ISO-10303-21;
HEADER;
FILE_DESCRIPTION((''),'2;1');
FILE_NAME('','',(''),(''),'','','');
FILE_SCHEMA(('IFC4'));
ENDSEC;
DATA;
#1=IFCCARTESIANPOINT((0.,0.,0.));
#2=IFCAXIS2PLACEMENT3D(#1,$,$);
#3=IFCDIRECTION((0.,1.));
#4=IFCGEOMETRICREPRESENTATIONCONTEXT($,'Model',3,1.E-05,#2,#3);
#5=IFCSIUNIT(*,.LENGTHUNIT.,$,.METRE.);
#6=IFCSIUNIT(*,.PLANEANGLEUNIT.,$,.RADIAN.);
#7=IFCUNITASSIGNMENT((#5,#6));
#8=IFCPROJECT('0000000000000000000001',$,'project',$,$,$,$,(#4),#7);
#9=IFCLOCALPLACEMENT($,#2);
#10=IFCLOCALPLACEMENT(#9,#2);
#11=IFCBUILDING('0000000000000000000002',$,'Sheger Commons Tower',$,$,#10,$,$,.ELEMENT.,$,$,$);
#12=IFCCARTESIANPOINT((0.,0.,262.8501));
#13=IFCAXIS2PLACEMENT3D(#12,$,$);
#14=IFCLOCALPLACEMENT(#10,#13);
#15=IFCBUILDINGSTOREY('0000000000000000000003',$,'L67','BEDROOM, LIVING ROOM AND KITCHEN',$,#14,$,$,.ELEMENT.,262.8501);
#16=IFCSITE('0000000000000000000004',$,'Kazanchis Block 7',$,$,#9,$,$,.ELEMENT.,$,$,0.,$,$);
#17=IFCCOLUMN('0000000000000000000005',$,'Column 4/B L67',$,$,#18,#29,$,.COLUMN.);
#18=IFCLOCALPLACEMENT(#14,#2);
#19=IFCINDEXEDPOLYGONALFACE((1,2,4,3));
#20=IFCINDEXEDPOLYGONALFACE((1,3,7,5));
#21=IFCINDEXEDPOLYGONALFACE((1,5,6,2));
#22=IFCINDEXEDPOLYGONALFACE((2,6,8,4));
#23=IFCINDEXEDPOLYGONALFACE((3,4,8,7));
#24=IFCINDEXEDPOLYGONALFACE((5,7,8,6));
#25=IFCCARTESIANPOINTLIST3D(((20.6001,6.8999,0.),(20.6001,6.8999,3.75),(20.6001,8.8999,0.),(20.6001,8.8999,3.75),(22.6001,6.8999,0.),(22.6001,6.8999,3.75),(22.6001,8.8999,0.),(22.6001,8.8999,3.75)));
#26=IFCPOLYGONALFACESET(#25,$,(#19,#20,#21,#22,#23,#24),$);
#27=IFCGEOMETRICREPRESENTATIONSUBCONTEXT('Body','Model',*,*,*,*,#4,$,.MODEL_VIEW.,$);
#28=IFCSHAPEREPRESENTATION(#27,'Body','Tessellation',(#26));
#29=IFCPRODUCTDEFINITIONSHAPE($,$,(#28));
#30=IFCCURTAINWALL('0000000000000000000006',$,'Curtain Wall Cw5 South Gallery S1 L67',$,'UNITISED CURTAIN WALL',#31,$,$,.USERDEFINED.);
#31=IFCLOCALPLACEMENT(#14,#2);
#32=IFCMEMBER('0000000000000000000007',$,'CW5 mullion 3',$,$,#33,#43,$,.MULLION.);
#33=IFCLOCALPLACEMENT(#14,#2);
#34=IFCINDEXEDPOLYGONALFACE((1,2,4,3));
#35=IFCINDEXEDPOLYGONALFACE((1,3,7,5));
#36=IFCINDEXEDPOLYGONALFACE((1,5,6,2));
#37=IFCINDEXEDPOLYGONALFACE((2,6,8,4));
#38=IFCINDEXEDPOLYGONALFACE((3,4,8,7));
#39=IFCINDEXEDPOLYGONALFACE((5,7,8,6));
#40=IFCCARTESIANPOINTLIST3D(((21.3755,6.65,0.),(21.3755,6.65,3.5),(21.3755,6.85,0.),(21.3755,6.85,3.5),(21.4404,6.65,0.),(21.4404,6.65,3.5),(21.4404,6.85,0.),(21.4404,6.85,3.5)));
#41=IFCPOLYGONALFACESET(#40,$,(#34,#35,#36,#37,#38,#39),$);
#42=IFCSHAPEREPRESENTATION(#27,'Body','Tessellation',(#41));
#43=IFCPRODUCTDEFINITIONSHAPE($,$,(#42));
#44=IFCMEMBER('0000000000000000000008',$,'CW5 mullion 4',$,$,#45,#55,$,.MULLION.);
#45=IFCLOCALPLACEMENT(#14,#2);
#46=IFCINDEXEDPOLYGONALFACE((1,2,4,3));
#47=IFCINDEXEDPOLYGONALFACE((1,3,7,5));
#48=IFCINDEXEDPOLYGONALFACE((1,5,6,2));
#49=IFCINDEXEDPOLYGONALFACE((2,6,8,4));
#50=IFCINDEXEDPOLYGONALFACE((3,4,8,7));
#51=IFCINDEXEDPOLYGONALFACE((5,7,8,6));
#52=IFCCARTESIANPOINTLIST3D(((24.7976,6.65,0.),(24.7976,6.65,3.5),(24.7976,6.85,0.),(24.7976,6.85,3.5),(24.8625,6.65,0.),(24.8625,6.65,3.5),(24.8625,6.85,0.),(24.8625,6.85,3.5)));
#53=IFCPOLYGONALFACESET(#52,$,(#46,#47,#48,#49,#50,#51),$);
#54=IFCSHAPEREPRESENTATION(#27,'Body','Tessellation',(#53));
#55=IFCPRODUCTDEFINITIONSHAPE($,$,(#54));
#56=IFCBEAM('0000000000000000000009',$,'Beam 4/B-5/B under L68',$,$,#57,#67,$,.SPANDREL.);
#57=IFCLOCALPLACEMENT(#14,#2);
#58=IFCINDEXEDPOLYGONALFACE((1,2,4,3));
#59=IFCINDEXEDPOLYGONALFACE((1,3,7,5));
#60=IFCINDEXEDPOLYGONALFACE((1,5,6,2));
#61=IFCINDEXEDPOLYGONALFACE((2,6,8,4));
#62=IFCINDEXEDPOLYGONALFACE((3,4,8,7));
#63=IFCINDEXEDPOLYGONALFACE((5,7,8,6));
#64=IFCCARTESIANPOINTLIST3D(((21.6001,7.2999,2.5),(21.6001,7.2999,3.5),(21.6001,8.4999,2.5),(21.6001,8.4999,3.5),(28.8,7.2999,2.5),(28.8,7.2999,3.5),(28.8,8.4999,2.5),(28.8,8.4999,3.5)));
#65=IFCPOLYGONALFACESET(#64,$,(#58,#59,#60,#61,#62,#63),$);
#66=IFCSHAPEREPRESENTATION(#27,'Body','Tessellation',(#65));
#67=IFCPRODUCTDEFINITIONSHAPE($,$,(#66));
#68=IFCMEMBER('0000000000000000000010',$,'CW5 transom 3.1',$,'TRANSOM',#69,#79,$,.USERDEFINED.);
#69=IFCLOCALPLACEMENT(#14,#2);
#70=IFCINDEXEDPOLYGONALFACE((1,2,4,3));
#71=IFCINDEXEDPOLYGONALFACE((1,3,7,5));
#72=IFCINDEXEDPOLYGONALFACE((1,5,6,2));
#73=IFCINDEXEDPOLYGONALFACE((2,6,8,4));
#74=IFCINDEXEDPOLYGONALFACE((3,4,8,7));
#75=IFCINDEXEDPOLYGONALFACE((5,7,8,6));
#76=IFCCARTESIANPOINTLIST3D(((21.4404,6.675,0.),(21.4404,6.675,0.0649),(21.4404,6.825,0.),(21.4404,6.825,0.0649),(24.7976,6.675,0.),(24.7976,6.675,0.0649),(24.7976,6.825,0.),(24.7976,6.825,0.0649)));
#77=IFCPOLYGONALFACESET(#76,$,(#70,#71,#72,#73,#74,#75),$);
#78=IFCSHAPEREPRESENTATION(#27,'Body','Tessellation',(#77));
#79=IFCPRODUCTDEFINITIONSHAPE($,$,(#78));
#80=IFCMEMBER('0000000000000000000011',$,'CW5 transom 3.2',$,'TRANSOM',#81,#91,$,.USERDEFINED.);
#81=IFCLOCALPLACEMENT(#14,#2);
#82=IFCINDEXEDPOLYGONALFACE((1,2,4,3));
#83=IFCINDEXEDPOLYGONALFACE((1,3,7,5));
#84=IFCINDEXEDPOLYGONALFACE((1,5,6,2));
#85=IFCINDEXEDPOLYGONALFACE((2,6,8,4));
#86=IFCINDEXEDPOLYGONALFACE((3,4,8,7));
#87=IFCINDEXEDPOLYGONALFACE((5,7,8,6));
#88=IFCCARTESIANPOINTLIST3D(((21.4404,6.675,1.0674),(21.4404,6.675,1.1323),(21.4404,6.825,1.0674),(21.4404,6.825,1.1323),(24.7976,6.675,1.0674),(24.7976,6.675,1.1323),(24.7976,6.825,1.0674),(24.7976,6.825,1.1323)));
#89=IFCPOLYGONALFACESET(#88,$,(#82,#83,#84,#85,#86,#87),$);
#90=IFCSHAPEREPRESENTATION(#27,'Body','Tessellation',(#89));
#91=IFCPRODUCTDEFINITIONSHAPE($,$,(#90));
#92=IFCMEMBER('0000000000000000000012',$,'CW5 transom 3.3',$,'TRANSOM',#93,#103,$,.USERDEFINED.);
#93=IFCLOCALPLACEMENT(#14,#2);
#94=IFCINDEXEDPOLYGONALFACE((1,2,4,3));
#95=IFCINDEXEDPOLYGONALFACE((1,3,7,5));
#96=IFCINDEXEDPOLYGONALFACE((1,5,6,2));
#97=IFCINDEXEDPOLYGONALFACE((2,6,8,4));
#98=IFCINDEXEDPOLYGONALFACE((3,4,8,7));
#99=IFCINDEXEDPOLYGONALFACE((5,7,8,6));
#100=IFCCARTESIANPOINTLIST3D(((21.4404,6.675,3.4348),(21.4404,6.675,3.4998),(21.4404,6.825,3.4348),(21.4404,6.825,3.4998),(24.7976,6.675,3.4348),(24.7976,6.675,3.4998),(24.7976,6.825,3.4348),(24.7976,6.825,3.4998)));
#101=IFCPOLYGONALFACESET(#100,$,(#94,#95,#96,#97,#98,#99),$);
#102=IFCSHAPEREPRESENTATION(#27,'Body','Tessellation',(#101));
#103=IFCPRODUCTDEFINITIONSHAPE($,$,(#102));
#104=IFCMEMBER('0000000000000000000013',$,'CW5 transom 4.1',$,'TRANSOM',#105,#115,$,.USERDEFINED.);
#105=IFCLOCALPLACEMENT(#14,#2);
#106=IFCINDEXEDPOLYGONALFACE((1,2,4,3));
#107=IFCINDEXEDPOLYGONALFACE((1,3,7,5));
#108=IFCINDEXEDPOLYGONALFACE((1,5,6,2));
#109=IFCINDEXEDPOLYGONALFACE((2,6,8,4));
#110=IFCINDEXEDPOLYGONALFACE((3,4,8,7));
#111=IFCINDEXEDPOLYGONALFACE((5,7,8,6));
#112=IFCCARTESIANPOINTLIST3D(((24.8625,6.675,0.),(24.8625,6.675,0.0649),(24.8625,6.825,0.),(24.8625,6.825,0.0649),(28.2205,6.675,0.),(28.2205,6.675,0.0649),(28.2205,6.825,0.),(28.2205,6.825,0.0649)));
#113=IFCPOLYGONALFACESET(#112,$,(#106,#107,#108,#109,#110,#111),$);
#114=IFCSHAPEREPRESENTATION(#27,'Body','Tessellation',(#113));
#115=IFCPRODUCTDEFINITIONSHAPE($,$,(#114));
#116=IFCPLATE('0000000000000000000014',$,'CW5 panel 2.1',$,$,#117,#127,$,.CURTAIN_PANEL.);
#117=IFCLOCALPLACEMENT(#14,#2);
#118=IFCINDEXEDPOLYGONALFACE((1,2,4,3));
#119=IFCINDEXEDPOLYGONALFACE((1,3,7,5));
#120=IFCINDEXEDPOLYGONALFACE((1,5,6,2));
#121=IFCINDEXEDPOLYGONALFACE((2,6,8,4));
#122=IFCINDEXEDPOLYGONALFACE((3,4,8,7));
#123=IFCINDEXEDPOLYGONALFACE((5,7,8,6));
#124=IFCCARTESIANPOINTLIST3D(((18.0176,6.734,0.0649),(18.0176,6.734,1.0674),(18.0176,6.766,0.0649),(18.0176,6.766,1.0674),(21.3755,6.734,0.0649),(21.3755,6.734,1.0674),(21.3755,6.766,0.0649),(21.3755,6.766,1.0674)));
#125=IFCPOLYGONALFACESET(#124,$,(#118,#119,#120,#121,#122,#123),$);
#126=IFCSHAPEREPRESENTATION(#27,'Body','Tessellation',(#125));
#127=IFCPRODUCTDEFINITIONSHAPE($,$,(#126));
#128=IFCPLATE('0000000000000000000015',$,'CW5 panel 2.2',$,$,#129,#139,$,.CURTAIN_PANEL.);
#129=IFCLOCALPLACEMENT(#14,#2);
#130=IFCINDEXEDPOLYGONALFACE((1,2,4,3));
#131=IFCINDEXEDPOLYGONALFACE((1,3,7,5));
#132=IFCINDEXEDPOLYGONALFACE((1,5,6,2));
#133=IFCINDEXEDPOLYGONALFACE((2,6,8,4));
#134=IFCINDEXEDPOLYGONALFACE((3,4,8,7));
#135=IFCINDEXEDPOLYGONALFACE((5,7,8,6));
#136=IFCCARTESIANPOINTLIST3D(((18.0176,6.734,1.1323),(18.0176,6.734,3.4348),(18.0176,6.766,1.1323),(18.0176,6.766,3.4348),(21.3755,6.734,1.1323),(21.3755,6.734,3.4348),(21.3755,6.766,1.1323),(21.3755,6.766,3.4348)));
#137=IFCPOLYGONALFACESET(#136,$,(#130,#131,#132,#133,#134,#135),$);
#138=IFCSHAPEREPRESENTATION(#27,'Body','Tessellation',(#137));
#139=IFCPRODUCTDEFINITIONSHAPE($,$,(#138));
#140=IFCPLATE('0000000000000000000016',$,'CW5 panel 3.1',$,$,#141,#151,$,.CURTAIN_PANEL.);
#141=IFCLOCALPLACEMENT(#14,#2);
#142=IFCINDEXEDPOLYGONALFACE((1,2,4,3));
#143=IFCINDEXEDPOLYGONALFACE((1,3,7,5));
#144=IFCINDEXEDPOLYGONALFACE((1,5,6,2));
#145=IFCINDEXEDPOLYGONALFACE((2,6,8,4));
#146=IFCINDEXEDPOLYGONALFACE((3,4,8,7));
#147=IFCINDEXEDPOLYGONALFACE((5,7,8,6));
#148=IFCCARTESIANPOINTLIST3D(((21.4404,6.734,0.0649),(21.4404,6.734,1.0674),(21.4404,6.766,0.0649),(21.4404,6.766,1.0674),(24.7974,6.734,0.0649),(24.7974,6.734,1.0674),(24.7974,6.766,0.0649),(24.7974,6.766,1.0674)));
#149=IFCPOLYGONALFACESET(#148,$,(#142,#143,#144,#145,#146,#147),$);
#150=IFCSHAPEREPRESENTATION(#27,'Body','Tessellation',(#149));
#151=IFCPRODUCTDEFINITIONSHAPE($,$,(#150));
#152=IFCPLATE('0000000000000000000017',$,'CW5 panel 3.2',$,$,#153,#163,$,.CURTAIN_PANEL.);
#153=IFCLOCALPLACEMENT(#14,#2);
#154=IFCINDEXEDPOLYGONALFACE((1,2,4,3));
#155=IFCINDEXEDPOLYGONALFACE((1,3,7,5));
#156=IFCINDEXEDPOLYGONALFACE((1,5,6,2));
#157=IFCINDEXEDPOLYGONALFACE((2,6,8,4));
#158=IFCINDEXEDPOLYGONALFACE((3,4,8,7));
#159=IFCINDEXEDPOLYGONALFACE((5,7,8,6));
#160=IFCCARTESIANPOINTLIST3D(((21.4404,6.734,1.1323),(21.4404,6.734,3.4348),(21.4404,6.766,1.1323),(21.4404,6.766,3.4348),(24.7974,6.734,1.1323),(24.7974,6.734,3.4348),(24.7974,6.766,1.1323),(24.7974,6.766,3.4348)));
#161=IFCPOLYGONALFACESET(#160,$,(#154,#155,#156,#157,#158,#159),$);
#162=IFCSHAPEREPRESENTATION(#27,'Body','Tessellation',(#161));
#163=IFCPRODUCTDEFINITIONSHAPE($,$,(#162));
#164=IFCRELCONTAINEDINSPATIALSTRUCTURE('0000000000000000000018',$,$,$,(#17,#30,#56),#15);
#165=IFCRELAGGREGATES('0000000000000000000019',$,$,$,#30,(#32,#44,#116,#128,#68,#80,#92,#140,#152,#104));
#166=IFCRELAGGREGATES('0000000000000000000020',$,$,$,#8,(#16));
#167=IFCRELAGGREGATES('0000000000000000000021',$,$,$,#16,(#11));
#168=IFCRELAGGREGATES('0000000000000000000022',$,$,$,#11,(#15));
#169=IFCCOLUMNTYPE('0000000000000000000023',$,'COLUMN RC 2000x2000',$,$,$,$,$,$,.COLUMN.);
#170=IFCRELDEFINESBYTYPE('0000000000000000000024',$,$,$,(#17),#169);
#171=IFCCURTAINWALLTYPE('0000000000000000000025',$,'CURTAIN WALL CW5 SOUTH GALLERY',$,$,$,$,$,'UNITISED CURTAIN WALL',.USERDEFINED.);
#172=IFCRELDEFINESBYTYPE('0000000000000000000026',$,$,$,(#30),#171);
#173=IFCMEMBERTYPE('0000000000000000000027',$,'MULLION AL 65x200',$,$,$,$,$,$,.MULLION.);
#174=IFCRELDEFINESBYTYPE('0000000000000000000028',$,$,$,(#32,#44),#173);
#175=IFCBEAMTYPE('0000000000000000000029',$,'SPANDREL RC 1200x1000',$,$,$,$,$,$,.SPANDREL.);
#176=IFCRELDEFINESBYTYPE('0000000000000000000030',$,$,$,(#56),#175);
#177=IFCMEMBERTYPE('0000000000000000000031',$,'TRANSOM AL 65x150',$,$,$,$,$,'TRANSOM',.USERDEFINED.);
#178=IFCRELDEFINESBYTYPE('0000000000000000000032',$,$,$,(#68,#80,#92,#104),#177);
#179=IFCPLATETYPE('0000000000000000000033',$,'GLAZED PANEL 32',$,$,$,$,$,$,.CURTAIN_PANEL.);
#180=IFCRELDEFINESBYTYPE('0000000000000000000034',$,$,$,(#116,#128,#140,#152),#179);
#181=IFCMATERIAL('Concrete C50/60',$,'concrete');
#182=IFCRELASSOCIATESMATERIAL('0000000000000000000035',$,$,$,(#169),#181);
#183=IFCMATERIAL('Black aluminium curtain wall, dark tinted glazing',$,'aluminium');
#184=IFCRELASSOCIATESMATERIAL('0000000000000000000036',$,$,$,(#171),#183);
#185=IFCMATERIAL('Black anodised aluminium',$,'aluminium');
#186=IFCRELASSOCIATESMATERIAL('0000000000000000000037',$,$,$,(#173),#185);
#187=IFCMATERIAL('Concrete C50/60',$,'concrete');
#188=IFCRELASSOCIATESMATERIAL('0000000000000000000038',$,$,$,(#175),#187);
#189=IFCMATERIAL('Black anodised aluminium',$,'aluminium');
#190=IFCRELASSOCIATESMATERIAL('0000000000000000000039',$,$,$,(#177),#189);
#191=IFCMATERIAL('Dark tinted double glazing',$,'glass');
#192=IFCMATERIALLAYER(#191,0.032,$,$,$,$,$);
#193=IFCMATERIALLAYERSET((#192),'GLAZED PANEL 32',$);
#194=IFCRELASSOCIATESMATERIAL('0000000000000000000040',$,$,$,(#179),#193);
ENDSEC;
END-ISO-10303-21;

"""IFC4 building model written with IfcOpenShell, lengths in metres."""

from ifc_helpers import new_model, si_unit, direction, frame, origin, origin_2d, place, context, subcontext, project, spatial, rectangle, extrude, material, layer, layer_set, material_profile, profile_set, type_object, element, aggregate, save


model = new_model("IFC4")

# Units and contexts
model_context = context("Model", 3, precision=1e-05, world=origin(), true_north=direction((0.0, 1.0)))
body_context = subcontext(model_context, "Body", "Model", "MODEL_VIEW")
ifc_project = project(units=[si_unit("LENGTHUNIT", "METRE"), si_unit("PLANEANGLEUNIT", "RADIAN")], contexts=[model_context])

# Site, building, storey
site_placement = place(None, origin())
site = spatial("IfcSite", under=ifc_project, at=site_placement, Name="Kazanchis Block 7", CompositionType="ELEMENT", RefElevation=0.0)
building_placement = place(site_placement, origin())
building = spatial("IfcBuilding", under=site, at=building_placement, Name="Sheger Commons Tower", CompositionType="ELEMENT")
storey_placement = place(building_placement, frame((0.0, 0.0, 262.8501)))
storey = spatial("IfcBuildingStorey", under=building, at=storey_placement, Name="L67", Description="BEDROOM, LIVING ROOM AND KITCHEN", CompositionType="ELEMENT", Elevation=262.8501)

# Column
ifc_material_1 = material(Name="Concrete C50/60", Category="concrete")
ifc_material_profile_1 = material_profile(ifc_material_1, rectangle(XDim=2.0, YDim=2.0, at=origin_2d()), Name="RC 2000x2000")
ifc_profile_set_1 = profile_set([ifc_material_profile_1], Name="Concrete C50/60")
column_type = type_object("IfcColumnType", Name="COLUMN RC 2000x2000", PredefinedType="COLUMN", material=ifc_profile_set_1)
column_placement = place(storey_placement, frame((21.6001, 7.8999, 0.0), z_axis=(0.0, 0.0, 1.0), x_axis=(1.0, 0.0, 0.0)))
element("IfcColumn", 1, at=column_placement, inside=storey, type_object=column_type, Name="Column 4/B L67", PredefinedType="COLUMN", context=body_context, shape_type="SweptSolid", body=[
    extrude(rectangle(XDim=2.0, YDim=2.0, at=origin_2d()), origin(), (0.0, 0.0, 1.0), 3.75),
])

# Curtain wall, members
ifc_material_2 = material(Name="Black aluminium curtain wall, dark tinted glazing", Category="aluminium")
curtain_wall_type = type_object("IfcCurtainWallType", Name="CURTAIN WALL CW5 SOUTH GALLERY", ElementType="UNITISED CURTAIN WALL", PredefinedType="USERDEFINED", material=ifc_material_2)
curtain_wall_placement = place(storey_placement, origin())
curtain_wall = element("IfcCurtainWall", 2, at=curtain_wall_placement, inside=storey, type_object=curtain_wall_type, Name="Curtain Wall Cw5 South Gallery S1 L67", ObjectType="UNITISED CURTAIN WALL", PredefinedType="USERDEFINED")
ifc_material_3 = material(Name="Black anodised aluminium", Category="aluminium")
ifc_material_profile_2 = material_profile(ifc_material_3, rectangle(XDim=0.2, YDim=0.0649, at=origin_2d()), Name="AL 65x200")
ifc_profile_set_2 = profile_set([ifc_material_profile_2], Name="Black anodised aluminium")
member_type_1 = type_object("IfcMemberType", Name="MULLION AL 65x200", PredefinedType="MULLION", material=ifc_profile_set_2)
member_1_placement = place(storey_placement, frame((21.408, 6.75, 0.0), z_axis=(0.0, 0.0, 1.0), x_axis=(0.0, 1.0, 0.0)))
member_1 = element("IfcMember", 3, at=member_1_placement, type_object=member_type_1, Name="CW5 mullion 3", PredefinedType="MULLION", context=body_context, shape_type="SweptSolid", body=[
    extrude(rectangle(XDim=0.2, YDim=0.0649, at=origin_2d()), origin(), (0.0, 0.0, 1.0), 3.5),
])
member_2_placement = place(storey_placement, frame((24.8301, 6.75, 0.0), z_axis=(0.0, 0.0, 1.0), x_axis=(0.0, 1.0, 0.0)))
member_2 = element("IfcMember", 4, at=member_2_placement, type_object=member_type_1, Name="CW5 mullion 4", PredefinedType="MULLION", context=body_context, shape_type="SweptSolid", body=[
    extrude(rectangle(XDim=0.2, YDim=0.0649, at=origin_2d()), origin(), (0.0, 0.0, 1.0), 3.5),
])

# Beam
ifc_material_4 = material(Name="Concrete C50/60", Category="concrete")
ifc_material_profile_3 = material_profile(ifc_material_4, rectangle(XDim=1.2, YDim=1.0, at=origin_2d()), Name="RC 1200x1000")
ifc_profile_set_3 = profile_set([ifc_material_profile_3], Name="Concrete C50/60")
beam_type = type_object("IfcBeamType", Name="SPANDREL RC 1200x1000", PredefinedType="SPANDREL", material=ifc_profile_set_3)
beam_placement = place(storey_placement, frame((21.6001, 7.8999, 3.0), z_axis=(1.0, 0.0, 0.0), x_axis=(0.0, 1.0, 0.0)))
element("IfcBeam", 5, at=beam_placement, inside=storey, type_object=beam_type, Name="Beam 4/B-5/B under L68", PredefinedType="SPANDREL", context=body_context, shape_type="SweptSolid", body=[
    extrude(rectangle(XDim=1.2, YDim=1.0, at=origin_2d()), origin(), (0.0, 0.0, 1.0), 7.2),
])

# Members
ifc_material_5 = material(Name="Black anodised aluminium", Category="aluminium")
ifc_material_profile_4 = material_profile(ifc_material_5, rectangle(XDim=0.1499, YDim=0.0649, at=origin_2d()), Name="AL 65x150")
ifc_profile_set_4 = profile_set([ifc_material_profile_4], Name="Black anodised aluminium")
member_type_2 = type_object("IfcMemberType", Name="TRANSOM AL 65x150", ElementType="TRANSOM", PredefinedType="USERDEFINED", material=ifc_profile_set_4)
member_3_placement = place(storey_placement, frame((21.4404, 6.75, 0.0325), z_axis=(1.0, 0.0, 0.0), x_axis=(0.0, 1.0, 0.0)))
member_3 = element("IfcMember", 6, at=member_3_placement, type_object=member_type_2, Name="CW5 transom 3.1", ObjectType="TRANSOM", PredefinedType="USERDEFINED", context=body_context, shape_type="SweptSolid", body=[
    extrude(rectangle(XDim=0.1499, YDim=0.0649, at=origin_2d()), origin(), (0.0, 0.0, 1.0), 3.3572),
])
member_4_placement = place(storey_placement, frame((21.4404, 6.75, 1.0999), z_axis=(1.0, 0.0, 0.0), x_axis=(0.0, 1.0, 0.0)))
member_4 = element("IfcMember", 7, at=member_4_placement, type_object=member_type_2, Name="CW5 transom 3.2", ObjectType="TRANSOM", PredefinedType="USERDEFINED", context=body_context, shape_type="SweptSolid", body=[
    extrude(rectangle(XDim=0.1499, YDim=0.0649, at=origin_2d()), origin(), (0.0, 0.0, 1.0), 3.3572),
])
member_5_placement = place(storey_placement, frame((21.4404, 6.75, 3.4673), z_axis=(1.0, 0.0, 0.0), x_axis=(0.0, 1.0, 0.0)))
member_5 = element("IfcMember", 8, at=member_5_placement, type_object=member_type_2, Name="CW5 transom 3.3", ObjectType="TRANSOM", PredefinedType="USERDEFINED", context=body_context, shape_type="SweptSolid", body=[
    extrude(rectangle(XDim=0.1499, YDim=0.0649, at=origin_2d()), origin(), (0.0, 0.0, 1.0), 3.3572),
])
member_6_placement = place(storey_placement, frame((24.8625, 6.75, 0.0325), z_axis=(1.0, 0.0, 0.0), x_axis=(0.0, 1.0, 0.0)))
member_6 = element("IfcMember", 9, at=member_6_placement, type_object=member_type_2, Name="CW5 transom 4.1", ObjectType="TRANSOM", PredefinedType="USERDEFINED", context=body_context, shape_type="SweptSolid", body=[
    extrude(rectangle(XDim=0.1499, YDim=0.0649, at=origin_2d()), origin(), (0.0, 0.0, 1.0), 3.3579),
])

# Plates
ifc_material_6 = material(Name="Dark tinted double glazing", Category="glass")
ifc_layer_1 = layer(ifc_material_6, 0.032)
ifc_layer_set_1 = layer_set([ifc_layer_1], Name="GLAZED PANEL 32")
plate_type = type_object("IfcPlateType", Name="GLAZED PANEL 32", PredefinedType="CURTAIN_PANEL", material=ifc_layer_set_1)
plate_1_placement = place(storey_placement, frame((19.6965, 6.75, 0.0649), z_axis=(0.0, 0.0, 1.0), x_axis=(1.0, 0.0, 0.0)))
plate_1 = element("IfcPlate", 10, at=plate_1_placement, type_object=plate_type, Name="CW5 panel 2.1", PredefinedType="CURTAIN_PANEL", context=body_context, shape_type="SweptSolid", body=[
    extrude(rectangle(XDim=3.3579, YDim=0.032, at=origin_2d()), origin(), (0.0, 0.0, 1.0), 1.0024),
])
plate_2_placement = place(storey_placement, frame((19.6965, 6.75, 1.1323), z_axis=(0.0, 0.0, 1.0), x_axis=(1.0, 0.0, 0.0)))
plate_2 = element("IfcPlate", 11, at=plate_2_placement, type_object=plate_type, Name="CW5 panel 2.2", PredefinedType="CURTAIN_PANEL", context=body_context, shape_type="SweptSolid", body=[
    extrude(rectangle(XDim=3.3579, YDim=0.032, at=origin_2d()), origin(), (0.0, 0.0, 1.0), 2.3025),
])
plate_3_placement = place(storey_placement, frame((23.1189, 6.75, 0.0649), z_axis=(0.0, 0.0, 1.0), x_axis=(1.0, 0.0, 0.0)))
plate_3 = element("IfcPlate", 12, at=plate_3_placement, type_object=plate_type, Name="CW5 panel 3.1", PredefinedType="CURTAIN_PANEL", context=body_context, shape_type="SweptSolid", body=[
    extrude(rectangle(XDim=3.3569, YDim=0.032, at=origin_2d()), origin(), (0.0, 0.0, 1.0), 1.0024),
])
plate_4_placement = place(storey_placement, frame((23.1189, 6.75, 1.1323), z_axis=(0.0, 0.0, 1.0), x_axis=(1.0, 0.0, 0.0)))
plate_4 = element("IfcPlate", 13, at=plate_4_placement, type_object=plate_type, Name="CW5 panel 3.2", PredefinedType="CURTAIN_PANEL", context=body_context, shape_type="SweptSolid", body=[
    extrude(rectangle(XDim=3.3569, YDim=0.032, at=origin_2d()), origin(), (0.0, 0.0, 1.0), 2.3025),
])
aggregate(curtain_wall, [member_1, member_2, plate_1, plate_2, member_3, member_4, member_5, plate_3, plate_4, member_6])

save(model, "model.ifc")
